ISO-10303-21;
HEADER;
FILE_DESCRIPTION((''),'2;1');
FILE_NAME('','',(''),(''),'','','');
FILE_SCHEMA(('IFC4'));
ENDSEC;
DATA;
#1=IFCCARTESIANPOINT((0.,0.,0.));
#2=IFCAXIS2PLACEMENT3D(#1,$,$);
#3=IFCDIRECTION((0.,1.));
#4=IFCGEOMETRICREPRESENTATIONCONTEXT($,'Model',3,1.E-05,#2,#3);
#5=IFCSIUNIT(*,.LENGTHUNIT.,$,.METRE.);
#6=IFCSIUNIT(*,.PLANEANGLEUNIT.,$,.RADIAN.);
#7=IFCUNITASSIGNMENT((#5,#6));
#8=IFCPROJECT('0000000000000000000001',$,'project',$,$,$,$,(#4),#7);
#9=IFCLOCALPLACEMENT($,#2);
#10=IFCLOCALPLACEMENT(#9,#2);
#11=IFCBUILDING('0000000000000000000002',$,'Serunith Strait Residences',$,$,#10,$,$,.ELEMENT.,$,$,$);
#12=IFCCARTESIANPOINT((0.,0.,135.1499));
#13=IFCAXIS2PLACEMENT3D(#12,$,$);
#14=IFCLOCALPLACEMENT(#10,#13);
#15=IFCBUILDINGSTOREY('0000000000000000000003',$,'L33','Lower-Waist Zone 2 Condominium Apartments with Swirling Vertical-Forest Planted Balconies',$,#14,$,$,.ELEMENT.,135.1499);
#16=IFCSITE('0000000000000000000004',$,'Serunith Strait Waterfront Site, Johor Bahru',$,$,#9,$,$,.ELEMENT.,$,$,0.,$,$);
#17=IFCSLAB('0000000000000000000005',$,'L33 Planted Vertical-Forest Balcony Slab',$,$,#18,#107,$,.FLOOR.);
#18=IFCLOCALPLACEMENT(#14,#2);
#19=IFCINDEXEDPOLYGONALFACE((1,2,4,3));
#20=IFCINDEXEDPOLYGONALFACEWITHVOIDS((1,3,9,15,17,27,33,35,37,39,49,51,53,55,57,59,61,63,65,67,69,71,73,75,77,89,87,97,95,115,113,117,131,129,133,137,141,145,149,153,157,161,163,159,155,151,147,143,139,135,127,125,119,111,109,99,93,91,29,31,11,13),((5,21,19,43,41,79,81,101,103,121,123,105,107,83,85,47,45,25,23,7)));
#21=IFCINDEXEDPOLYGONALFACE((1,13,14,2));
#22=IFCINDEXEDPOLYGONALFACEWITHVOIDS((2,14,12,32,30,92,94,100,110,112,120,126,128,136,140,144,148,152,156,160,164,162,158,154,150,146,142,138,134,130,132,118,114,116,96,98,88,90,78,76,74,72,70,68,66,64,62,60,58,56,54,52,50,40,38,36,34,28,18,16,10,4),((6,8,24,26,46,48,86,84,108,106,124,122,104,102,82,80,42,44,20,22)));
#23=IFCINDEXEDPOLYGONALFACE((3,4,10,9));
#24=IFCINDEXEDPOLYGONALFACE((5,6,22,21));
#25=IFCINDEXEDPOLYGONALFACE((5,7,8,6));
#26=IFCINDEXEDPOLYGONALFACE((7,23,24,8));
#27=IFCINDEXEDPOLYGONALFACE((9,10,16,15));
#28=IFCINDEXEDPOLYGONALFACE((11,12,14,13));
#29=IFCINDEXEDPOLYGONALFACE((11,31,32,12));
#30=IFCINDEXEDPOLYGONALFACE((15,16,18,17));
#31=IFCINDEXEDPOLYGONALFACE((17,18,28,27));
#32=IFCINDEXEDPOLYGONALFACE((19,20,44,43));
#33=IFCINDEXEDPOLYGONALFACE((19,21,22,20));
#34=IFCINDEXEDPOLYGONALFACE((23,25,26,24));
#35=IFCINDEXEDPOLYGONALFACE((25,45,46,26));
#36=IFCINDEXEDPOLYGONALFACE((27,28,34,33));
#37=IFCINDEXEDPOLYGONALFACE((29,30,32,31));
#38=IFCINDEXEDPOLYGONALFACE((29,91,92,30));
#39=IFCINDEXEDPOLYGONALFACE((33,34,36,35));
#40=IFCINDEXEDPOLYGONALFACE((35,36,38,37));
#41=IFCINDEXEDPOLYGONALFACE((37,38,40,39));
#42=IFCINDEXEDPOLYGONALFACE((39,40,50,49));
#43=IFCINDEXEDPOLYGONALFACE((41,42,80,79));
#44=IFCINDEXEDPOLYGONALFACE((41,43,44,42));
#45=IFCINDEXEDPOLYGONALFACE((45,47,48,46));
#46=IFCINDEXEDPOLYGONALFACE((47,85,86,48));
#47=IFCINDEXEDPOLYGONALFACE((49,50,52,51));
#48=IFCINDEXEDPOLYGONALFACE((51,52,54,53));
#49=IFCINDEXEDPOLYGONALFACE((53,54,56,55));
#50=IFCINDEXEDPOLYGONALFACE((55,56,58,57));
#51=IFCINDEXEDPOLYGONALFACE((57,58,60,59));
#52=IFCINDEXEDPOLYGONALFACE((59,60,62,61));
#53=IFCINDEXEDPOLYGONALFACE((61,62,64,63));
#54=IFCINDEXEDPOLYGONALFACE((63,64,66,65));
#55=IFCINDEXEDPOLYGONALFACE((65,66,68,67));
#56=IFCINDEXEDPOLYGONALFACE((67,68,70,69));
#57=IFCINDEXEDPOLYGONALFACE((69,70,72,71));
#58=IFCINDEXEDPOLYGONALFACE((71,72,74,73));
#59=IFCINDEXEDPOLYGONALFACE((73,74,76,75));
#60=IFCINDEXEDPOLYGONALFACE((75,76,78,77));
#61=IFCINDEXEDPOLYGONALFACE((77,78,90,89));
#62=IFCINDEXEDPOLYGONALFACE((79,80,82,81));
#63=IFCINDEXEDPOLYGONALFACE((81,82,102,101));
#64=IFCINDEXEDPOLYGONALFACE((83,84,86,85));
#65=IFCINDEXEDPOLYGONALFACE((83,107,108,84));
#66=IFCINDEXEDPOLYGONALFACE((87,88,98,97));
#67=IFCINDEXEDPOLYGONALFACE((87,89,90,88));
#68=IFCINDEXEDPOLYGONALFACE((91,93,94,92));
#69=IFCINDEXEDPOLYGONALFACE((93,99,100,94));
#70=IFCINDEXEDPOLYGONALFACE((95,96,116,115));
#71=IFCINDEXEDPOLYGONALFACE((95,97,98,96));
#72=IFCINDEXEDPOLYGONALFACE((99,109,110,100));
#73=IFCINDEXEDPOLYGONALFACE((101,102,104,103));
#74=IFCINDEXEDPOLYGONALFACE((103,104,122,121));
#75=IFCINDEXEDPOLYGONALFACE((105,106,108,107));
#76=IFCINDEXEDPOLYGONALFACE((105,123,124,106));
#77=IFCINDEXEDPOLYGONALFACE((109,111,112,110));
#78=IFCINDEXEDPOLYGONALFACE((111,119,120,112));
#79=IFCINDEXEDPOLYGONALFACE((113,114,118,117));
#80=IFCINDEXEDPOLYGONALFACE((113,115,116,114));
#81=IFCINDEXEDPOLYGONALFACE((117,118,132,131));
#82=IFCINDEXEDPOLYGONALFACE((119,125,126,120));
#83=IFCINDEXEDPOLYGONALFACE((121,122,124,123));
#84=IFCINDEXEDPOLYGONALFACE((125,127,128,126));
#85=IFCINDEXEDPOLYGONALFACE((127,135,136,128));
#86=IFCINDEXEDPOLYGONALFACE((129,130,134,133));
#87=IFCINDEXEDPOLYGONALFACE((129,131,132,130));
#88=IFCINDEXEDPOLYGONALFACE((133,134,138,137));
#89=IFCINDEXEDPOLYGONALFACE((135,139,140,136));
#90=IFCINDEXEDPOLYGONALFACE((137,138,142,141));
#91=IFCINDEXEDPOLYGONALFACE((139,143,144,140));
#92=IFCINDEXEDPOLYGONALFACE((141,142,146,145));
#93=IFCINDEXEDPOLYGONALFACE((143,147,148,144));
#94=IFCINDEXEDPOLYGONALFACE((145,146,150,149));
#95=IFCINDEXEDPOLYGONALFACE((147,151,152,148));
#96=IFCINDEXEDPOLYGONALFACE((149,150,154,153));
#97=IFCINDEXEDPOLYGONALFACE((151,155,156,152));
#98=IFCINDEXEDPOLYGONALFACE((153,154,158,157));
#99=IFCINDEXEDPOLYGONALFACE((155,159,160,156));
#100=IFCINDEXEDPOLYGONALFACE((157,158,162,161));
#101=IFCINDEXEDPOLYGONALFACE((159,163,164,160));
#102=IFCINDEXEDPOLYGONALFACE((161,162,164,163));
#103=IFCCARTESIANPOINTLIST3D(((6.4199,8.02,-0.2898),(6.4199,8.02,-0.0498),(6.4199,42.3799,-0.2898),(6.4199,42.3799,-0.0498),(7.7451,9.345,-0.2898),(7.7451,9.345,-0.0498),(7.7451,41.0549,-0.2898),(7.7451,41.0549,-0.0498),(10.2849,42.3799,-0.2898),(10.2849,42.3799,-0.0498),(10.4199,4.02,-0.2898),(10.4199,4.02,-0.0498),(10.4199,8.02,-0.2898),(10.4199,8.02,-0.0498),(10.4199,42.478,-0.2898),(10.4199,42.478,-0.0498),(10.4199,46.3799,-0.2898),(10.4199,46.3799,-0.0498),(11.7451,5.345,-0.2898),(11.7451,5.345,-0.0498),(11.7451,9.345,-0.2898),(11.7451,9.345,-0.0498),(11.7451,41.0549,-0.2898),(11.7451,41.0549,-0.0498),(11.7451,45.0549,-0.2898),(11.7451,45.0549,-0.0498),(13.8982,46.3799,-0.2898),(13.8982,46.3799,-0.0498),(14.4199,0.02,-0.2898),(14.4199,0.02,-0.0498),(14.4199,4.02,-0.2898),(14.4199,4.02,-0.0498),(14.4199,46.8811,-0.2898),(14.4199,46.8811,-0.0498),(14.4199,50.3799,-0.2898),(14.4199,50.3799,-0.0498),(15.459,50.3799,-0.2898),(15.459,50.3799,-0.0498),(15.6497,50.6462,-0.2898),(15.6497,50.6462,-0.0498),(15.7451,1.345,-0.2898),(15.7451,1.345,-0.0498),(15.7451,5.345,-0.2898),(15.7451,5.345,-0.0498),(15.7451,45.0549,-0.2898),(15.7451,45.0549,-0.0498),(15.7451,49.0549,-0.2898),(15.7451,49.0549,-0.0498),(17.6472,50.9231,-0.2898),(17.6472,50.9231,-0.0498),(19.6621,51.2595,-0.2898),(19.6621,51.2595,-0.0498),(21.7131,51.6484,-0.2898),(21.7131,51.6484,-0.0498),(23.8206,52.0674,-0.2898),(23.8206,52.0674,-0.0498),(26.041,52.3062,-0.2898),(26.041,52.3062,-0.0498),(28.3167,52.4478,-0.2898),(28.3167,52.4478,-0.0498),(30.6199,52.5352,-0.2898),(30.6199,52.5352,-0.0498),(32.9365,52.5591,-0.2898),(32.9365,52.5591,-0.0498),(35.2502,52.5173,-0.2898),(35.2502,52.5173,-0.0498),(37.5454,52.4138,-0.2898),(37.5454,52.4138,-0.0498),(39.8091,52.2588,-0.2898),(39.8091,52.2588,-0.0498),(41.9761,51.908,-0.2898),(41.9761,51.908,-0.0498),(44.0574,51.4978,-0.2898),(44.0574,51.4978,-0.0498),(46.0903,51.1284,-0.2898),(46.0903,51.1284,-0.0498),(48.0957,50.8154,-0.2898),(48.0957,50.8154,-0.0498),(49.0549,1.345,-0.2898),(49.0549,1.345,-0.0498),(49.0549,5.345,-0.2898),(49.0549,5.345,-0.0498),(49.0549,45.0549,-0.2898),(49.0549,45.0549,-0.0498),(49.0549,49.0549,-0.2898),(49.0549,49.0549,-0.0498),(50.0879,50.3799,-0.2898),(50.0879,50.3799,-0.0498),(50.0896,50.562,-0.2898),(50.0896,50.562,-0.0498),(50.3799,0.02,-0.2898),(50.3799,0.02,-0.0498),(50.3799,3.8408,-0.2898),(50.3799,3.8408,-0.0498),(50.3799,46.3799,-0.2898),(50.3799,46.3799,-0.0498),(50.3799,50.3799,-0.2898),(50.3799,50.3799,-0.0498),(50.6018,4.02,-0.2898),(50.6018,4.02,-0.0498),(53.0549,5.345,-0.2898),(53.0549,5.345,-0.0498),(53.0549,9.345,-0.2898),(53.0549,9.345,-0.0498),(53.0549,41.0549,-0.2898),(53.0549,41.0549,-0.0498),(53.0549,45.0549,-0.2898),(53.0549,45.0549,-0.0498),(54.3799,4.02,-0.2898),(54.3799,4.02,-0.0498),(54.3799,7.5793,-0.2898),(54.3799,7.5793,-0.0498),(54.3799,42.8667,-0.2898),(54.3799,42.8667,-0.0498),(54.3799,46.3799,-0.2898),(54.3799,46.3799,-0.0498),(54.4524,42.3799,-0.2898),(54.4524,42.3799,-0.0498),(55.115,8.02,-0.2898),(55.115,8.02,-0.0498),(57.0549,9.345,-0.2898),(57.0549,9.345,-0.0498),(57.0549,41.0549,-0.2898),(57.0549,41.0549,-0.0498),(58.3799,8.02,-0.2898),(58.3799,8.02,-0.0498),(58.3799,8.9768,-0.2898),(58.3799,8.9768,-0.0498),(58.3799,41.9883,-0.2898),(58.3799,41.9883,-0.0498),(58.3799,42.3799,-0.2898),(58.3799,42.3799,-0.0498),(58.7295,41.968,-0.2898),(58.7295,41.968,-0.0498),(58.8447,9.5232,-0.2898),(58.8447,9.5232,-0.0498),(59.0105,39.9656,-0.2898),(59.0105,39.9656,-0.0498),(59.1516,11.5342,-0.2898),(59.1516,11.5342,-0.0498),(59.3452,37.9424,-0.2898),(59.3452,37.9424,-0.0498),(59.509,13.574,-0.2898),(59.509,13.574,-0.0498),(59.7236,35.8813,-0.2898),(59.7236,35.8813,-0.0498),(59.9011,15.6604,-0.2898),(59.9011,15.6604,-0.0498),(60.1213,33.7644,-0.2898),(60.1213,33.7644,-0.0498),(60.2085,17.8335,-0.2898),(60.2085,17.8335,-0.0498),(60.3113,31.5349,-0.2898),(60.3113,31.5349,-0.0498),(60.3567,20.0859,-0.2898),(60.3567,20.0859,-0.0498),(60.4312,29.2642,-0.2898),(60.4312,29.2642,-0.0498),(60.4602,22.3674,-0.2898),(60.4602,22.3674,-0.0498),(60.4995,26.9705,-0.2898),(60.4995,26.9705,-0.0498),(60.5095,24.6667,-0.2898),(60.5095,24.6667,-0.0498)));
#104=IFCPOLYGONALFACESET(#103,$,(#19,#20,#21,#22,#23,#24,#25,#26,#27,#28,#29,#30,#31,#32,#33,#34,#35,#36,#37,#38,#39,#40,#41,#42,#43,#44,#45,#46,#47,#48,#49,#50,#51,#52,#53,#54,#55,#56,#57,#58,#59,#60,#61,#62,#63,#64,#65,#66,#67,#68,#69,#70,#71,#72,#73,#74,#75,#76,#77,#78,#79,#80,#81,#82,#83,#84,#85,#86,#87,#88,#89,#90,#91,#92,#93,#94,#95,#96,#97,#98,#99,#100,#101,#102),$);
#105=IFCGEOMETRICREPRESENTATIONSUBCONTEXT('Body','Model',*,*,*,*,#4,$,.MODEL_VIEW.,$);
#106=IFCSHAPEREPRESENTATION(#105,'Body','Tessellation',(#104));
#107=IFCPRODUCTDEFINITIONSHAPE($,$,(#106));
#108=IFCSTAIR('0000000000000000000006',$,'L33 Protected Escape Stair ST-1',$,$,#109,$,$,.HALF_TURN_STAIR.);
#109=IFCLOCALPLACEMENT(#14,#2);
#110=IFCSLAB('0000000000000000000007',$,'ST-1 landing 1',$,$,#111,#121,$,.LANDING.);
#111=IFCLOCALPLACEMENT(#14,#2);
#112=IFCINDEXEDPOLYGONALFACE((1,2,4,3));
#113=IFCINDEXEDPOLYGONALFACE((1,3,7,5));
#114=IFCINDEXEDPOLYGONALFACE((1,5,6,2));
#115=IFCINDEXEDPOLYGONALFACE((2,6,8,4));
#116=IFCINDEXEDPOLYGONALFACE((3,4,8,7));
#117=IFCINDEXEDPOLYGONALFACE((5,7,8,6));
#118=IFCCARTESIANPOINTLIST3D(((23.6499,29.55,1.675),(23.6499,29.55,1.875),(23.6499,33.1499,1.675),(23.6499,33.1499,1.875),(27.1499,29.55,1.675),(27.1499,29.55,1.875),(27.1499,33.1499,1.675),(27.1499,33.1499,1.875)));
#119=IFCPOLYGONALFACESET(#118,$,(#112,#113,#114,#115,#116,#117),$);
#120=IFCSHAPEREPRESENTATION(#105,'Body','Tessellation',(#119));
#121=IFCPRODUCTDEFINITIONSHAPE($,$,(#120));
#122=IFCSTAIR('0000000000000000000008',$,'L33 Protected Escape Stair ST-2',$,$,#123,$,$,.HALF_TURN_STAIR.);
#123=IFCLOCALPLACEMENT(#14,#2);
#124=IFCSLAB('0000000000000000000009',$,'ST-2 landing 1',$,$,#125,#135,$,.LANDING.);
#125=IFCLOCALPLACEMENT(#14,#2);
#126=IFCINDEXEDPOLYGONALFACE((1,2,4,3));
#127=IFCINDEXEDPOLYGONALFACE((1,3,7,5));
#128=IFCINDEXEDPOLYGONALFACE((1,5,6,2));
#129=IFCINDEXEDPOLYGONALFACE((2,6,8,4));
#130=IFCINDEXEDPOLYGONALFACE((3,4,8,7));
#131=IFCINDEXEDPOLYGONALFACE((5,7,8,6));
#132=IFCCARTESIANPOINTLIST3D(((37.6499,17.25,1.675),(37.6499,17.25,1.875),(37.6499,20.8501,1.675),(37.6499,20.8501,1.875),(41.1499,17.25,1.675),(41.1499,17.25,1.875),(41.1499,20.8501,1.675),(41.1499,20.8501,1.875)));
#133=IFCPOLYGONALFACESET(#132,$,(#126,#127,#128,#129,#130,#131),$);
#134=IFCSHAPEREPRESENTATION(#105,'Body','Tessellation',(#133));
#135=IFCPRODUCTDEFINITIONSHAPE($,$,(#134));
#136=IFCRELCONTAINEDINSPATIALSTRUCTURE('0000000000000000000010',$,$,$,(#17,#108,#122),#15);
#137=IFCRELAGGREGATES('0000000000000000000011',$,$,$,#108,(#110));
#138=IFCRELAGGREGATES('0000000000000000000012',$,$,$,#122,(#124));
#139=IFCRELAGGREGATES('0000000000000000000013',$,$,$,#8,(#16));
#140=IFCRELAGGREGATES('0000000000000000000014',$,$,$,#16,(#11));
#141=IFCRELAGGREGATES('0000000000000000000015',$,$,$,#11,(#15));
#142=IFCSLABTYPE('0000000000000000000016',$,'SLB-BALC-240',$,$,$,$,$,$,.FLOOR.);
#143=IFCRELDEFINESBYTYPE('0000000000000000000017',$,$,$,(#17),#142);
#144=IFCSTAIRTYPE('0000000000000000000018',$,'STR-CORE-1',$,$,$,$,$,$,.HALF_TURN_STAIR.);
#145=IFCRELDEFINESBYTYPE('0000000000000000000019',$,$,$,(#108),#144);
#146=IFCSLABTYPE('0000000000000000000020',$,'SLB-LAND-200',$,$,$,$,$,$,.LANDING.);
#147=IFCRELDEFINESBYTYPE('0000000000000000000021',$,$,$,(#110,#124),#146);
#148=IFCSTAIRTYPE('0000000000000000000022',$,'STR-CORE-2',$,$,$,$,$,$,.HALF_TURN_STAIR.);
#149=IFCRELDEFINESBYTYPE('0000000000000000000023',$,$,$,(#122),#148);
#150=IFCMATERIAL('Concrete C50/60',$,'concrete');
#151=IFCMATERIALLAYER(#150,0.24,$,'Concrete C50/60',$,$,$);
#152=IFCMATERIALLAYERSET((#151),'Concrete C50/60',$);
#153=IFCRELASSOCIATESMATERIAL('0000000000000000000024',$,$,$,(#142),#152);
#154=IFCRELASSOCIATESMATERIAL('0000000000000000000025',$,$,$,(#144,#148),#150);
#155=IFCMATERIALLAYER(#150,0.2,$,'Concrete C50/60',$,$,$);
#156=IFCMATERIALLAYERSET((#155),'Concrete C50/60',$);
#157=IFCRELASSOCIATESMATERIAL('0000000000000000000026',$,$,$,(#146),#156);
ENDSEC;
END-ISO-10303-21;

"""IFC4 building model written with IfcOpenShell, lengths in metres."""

from ifc_helpers import new_model, si_unit, direction, frame, origin, place, context, subcontext, project, spatial, polyline, outline, extrude, material, layer, layer_set, type_object, element, aggregate, save


model = new_model("IFC4")

# Units and contexts
model_context = context("Model", 3, precision=1e-05, world=origin(), true_north=direction((0.0, 1.0)))
body_context = subcontext(model_context, "Body", "Model", "MODEL_VIEW")
ifc_project = project(units=[si_unit("LENGTHUNIT", "METRE"), si_unit("PLANEANGLEUNIT", "RADIAN")], contexts=[model_context])

# Site, building, storey
site_placement = place(None, origin())
site = spatial("IfcSite", under=ifc_project, at=site_placement, Name="Serunith Strait Waterfront Site, Johor Bahru", CompositionType="ELEMENT", RefElevation=0.0)
building_placement = place(site_placement, origin())
building = spatial("IfcBuilding", under=site, at=building_placement, Name="Serunith Strait Residences", CompositionType="ELEMENT")
storey_placement = place(building_placement, frame((0.0, 0.0, 135.1499)))
storey = spatial("IfcBuildingStorey", under=building, at=storey_placement, Name="L33", Description="Lower-Waist Zone 2 Condominium Apartments with Swirling Vertical-Forest Planted Balconies", CompositionType="ELEMENT", Elevation=135.1499)

# Slab
ifc_material_1 = material(Name="Concrete C50/60", Category="concrete")
ifc_layer_1 = layer(ifc_material_1, 0.24, Name="Concrete C50/60")
ifc_layer_set_1 = layer_set([ifc_layer_1], Name="Concrete C50/60")
slab_type_1 = type_object("IfcSlabType", Name="SLB-BALC-240", PredefinedType="FLOOR", material=ifc_layer_set_1)
slab_1_placement = place(storey_placement, frame((0.0, 0.0, -0.2898)))
element("IfcSlab", 1, at=slab_1_placement, inside=storey, type_object=slab_type_1, Name="L33 Planted Vertical-Forest Balcony Slab", PredefinedType="FLOOR", context=body_context, shape_type="SweptSolid", body=[
    extrude(outline(polyline([(10.4199, 46.3799), (13.8982, 46.3799), (14.4199, 46.8811), (14.4199, 50.3799), (15.459, 50.3799), (15.6497, 50.6462), (17.6472, 50.9231), (19.6621, 51.2595), (21.7131, 51.6484), (23.8206, 52.0674), (26.041, 52.3062), (28.3167, 52.4478), (30.6199, 52.5352), (32.9365, 52.5591), (35.2502, 52.5173), (37.5454, 52.4138), (39.8091, 52.2588), (41.9761, 51.908), (44.0574, 51.4978), (46.0903, 51.1284), (48.0957, 50.8154), (50.0896, 50.562), (50.0879, 50.3799), (50.3799, 50.3799), (50.3799, 46.3799), (54.3799, 46.3799), (54.3799, 42.8667), (54.4524, 42.3799), (58.3799, 42.3799), (58.3799, 41.9883), (58.7295, 41.968), (59.0105, 39.9656), (59.3452, 37.9424), (59.7236, 35.8813), (60.1213, 33.7644), (60.3113, 31.5349), (60.4312, 29.2642), (60.4995, 26.9705), (60.5095, 24.6667), (60.4602, 22.3674), (60.3567, 20.0859), (60.2085, 17.8335), (59.9011, 15.6604), (59.509, 13.574), (59.1516, 11.5342), (58.8447, 9.5232), (58.3799, 8.9768), (58.3799, 8.02), (55.115, 8.02), (54.3799, 7.5793), (54.3799, 4.02), (50.6018, 4.02), (50.3799, 3.8408), (50.3799, 0.02), (14.4199, 0.02), (14.4199, 4.02), (10.4199, 4.02), (10.4199, 8.02), (6.4199, 8.02), (6.4199, 42.3799), (10.2849, 42.3799), (10.4199, 42.478), (10.4199, 46.3799)]), holes=[polyline([(49.0549, 1.345), (49.0549, 5.345), (53.0549, 5.345), (53.0549, 9.345), (57.0549, 9.345), (57.0549, 41.0549), (53.0549, 41.0549), (53.0549, 45.0549), (49.0549, 45.0549), (49.0549, 49.0549), (15.7451, 49.0549), (15.7451, 45.0549), (11.7451, 45.0549), (11.7451, 41.0549), (7.7451, 41.0549), (7.7451, 9.345), (11.7451, 9.345), (11.7451, 5.345), (15.7451, 5.345), (15.7451, 1.345), (49.0549, 1.345)])]), origin(), (0.0, 0.0, 1.0), 0.24),
])

# Stairs, slabs
stair_type_1 = type_object("IfcStairType", Name="STR-CORE-1", PredefinedType="HALF_TURN_STAIR", material=ifc_material_1)
stair_1_placement = place(storey_placement, origin())
stair_1 = element("IfcStair", 2, at=stair_1_placement, inside=storey, type_object=stair_type_1, Name="L33 Protected Escape Stair ST-1", PredefinedType="HALF_TURN_STAIR")
ifc_layer_2 = layer(ifc_material_1, 0.2, Name="Concrete C50/60")
ifc_layer_set_2 = layer_set([ifc_layer_2], Name="Concrete C50/60")
slab_type_2 = type_object("IfcSlabType", Name="SLB-LAND-200", PredefinedType="LANDING", material=ifc_layer_set_2)
slab_2_placement = place(storey_placement, frame((0.0, 0.0, 1.675)))
slab_2 = element("IfcSlab", 3, at=slab_2_placement, type_object=slab_type_2, Name="ST-1 landing 1", PredefinedType="LANDING", context=body_context, shape_type="SweptSolid", body=[
    extrude(outline(polyline([(27.1499, 29.55), (27.1499, 33.1499), (23.6499, 33.1499), (23.6499, 29.55), (27.1499, 29.55)])), origin(), (0.0, 0.0, 1.0), 0.2),
])
aggregate(stair_1, [slab_2])
stair_type_2 = type_object("IfcStairType", Name="STR-CORE-2", PredefinedType="HALF_TURN_STAIR", material=ifc_material_1)
stair_2_placement = place(storey_placement, origin())
stair_2 = element("IfcStair", 4, at=stair_2_placement, inside=storey, type_object=stair_type_2, Name="L33 Protected Escape Stair ST-2", PredefinedType="HALF_TURN_STAIR")
slab_3_placement = place(storey_placement, frame((0.0, 0.0, 1.675)))
slab_3 = element("IfcSlab", 5, at=slab_3_placement, type_object=slab_type_2, Name="ST-2 landing 1", PredefinedType="LANDING", context=body_context, shape_type="SweptSolid", body=[
    extrude(outline(polyline([(37.6499, 20.8501), (37.6499, 17.25), (41.1499, 17.25), (41.1499, 20.8501), (37.6499, 20.8501)])), origin(), (0.0, 0.0, 1.0), 0.2),
])
aggregate(stair_2, [slab_3])

save(model, "model.ifc")
